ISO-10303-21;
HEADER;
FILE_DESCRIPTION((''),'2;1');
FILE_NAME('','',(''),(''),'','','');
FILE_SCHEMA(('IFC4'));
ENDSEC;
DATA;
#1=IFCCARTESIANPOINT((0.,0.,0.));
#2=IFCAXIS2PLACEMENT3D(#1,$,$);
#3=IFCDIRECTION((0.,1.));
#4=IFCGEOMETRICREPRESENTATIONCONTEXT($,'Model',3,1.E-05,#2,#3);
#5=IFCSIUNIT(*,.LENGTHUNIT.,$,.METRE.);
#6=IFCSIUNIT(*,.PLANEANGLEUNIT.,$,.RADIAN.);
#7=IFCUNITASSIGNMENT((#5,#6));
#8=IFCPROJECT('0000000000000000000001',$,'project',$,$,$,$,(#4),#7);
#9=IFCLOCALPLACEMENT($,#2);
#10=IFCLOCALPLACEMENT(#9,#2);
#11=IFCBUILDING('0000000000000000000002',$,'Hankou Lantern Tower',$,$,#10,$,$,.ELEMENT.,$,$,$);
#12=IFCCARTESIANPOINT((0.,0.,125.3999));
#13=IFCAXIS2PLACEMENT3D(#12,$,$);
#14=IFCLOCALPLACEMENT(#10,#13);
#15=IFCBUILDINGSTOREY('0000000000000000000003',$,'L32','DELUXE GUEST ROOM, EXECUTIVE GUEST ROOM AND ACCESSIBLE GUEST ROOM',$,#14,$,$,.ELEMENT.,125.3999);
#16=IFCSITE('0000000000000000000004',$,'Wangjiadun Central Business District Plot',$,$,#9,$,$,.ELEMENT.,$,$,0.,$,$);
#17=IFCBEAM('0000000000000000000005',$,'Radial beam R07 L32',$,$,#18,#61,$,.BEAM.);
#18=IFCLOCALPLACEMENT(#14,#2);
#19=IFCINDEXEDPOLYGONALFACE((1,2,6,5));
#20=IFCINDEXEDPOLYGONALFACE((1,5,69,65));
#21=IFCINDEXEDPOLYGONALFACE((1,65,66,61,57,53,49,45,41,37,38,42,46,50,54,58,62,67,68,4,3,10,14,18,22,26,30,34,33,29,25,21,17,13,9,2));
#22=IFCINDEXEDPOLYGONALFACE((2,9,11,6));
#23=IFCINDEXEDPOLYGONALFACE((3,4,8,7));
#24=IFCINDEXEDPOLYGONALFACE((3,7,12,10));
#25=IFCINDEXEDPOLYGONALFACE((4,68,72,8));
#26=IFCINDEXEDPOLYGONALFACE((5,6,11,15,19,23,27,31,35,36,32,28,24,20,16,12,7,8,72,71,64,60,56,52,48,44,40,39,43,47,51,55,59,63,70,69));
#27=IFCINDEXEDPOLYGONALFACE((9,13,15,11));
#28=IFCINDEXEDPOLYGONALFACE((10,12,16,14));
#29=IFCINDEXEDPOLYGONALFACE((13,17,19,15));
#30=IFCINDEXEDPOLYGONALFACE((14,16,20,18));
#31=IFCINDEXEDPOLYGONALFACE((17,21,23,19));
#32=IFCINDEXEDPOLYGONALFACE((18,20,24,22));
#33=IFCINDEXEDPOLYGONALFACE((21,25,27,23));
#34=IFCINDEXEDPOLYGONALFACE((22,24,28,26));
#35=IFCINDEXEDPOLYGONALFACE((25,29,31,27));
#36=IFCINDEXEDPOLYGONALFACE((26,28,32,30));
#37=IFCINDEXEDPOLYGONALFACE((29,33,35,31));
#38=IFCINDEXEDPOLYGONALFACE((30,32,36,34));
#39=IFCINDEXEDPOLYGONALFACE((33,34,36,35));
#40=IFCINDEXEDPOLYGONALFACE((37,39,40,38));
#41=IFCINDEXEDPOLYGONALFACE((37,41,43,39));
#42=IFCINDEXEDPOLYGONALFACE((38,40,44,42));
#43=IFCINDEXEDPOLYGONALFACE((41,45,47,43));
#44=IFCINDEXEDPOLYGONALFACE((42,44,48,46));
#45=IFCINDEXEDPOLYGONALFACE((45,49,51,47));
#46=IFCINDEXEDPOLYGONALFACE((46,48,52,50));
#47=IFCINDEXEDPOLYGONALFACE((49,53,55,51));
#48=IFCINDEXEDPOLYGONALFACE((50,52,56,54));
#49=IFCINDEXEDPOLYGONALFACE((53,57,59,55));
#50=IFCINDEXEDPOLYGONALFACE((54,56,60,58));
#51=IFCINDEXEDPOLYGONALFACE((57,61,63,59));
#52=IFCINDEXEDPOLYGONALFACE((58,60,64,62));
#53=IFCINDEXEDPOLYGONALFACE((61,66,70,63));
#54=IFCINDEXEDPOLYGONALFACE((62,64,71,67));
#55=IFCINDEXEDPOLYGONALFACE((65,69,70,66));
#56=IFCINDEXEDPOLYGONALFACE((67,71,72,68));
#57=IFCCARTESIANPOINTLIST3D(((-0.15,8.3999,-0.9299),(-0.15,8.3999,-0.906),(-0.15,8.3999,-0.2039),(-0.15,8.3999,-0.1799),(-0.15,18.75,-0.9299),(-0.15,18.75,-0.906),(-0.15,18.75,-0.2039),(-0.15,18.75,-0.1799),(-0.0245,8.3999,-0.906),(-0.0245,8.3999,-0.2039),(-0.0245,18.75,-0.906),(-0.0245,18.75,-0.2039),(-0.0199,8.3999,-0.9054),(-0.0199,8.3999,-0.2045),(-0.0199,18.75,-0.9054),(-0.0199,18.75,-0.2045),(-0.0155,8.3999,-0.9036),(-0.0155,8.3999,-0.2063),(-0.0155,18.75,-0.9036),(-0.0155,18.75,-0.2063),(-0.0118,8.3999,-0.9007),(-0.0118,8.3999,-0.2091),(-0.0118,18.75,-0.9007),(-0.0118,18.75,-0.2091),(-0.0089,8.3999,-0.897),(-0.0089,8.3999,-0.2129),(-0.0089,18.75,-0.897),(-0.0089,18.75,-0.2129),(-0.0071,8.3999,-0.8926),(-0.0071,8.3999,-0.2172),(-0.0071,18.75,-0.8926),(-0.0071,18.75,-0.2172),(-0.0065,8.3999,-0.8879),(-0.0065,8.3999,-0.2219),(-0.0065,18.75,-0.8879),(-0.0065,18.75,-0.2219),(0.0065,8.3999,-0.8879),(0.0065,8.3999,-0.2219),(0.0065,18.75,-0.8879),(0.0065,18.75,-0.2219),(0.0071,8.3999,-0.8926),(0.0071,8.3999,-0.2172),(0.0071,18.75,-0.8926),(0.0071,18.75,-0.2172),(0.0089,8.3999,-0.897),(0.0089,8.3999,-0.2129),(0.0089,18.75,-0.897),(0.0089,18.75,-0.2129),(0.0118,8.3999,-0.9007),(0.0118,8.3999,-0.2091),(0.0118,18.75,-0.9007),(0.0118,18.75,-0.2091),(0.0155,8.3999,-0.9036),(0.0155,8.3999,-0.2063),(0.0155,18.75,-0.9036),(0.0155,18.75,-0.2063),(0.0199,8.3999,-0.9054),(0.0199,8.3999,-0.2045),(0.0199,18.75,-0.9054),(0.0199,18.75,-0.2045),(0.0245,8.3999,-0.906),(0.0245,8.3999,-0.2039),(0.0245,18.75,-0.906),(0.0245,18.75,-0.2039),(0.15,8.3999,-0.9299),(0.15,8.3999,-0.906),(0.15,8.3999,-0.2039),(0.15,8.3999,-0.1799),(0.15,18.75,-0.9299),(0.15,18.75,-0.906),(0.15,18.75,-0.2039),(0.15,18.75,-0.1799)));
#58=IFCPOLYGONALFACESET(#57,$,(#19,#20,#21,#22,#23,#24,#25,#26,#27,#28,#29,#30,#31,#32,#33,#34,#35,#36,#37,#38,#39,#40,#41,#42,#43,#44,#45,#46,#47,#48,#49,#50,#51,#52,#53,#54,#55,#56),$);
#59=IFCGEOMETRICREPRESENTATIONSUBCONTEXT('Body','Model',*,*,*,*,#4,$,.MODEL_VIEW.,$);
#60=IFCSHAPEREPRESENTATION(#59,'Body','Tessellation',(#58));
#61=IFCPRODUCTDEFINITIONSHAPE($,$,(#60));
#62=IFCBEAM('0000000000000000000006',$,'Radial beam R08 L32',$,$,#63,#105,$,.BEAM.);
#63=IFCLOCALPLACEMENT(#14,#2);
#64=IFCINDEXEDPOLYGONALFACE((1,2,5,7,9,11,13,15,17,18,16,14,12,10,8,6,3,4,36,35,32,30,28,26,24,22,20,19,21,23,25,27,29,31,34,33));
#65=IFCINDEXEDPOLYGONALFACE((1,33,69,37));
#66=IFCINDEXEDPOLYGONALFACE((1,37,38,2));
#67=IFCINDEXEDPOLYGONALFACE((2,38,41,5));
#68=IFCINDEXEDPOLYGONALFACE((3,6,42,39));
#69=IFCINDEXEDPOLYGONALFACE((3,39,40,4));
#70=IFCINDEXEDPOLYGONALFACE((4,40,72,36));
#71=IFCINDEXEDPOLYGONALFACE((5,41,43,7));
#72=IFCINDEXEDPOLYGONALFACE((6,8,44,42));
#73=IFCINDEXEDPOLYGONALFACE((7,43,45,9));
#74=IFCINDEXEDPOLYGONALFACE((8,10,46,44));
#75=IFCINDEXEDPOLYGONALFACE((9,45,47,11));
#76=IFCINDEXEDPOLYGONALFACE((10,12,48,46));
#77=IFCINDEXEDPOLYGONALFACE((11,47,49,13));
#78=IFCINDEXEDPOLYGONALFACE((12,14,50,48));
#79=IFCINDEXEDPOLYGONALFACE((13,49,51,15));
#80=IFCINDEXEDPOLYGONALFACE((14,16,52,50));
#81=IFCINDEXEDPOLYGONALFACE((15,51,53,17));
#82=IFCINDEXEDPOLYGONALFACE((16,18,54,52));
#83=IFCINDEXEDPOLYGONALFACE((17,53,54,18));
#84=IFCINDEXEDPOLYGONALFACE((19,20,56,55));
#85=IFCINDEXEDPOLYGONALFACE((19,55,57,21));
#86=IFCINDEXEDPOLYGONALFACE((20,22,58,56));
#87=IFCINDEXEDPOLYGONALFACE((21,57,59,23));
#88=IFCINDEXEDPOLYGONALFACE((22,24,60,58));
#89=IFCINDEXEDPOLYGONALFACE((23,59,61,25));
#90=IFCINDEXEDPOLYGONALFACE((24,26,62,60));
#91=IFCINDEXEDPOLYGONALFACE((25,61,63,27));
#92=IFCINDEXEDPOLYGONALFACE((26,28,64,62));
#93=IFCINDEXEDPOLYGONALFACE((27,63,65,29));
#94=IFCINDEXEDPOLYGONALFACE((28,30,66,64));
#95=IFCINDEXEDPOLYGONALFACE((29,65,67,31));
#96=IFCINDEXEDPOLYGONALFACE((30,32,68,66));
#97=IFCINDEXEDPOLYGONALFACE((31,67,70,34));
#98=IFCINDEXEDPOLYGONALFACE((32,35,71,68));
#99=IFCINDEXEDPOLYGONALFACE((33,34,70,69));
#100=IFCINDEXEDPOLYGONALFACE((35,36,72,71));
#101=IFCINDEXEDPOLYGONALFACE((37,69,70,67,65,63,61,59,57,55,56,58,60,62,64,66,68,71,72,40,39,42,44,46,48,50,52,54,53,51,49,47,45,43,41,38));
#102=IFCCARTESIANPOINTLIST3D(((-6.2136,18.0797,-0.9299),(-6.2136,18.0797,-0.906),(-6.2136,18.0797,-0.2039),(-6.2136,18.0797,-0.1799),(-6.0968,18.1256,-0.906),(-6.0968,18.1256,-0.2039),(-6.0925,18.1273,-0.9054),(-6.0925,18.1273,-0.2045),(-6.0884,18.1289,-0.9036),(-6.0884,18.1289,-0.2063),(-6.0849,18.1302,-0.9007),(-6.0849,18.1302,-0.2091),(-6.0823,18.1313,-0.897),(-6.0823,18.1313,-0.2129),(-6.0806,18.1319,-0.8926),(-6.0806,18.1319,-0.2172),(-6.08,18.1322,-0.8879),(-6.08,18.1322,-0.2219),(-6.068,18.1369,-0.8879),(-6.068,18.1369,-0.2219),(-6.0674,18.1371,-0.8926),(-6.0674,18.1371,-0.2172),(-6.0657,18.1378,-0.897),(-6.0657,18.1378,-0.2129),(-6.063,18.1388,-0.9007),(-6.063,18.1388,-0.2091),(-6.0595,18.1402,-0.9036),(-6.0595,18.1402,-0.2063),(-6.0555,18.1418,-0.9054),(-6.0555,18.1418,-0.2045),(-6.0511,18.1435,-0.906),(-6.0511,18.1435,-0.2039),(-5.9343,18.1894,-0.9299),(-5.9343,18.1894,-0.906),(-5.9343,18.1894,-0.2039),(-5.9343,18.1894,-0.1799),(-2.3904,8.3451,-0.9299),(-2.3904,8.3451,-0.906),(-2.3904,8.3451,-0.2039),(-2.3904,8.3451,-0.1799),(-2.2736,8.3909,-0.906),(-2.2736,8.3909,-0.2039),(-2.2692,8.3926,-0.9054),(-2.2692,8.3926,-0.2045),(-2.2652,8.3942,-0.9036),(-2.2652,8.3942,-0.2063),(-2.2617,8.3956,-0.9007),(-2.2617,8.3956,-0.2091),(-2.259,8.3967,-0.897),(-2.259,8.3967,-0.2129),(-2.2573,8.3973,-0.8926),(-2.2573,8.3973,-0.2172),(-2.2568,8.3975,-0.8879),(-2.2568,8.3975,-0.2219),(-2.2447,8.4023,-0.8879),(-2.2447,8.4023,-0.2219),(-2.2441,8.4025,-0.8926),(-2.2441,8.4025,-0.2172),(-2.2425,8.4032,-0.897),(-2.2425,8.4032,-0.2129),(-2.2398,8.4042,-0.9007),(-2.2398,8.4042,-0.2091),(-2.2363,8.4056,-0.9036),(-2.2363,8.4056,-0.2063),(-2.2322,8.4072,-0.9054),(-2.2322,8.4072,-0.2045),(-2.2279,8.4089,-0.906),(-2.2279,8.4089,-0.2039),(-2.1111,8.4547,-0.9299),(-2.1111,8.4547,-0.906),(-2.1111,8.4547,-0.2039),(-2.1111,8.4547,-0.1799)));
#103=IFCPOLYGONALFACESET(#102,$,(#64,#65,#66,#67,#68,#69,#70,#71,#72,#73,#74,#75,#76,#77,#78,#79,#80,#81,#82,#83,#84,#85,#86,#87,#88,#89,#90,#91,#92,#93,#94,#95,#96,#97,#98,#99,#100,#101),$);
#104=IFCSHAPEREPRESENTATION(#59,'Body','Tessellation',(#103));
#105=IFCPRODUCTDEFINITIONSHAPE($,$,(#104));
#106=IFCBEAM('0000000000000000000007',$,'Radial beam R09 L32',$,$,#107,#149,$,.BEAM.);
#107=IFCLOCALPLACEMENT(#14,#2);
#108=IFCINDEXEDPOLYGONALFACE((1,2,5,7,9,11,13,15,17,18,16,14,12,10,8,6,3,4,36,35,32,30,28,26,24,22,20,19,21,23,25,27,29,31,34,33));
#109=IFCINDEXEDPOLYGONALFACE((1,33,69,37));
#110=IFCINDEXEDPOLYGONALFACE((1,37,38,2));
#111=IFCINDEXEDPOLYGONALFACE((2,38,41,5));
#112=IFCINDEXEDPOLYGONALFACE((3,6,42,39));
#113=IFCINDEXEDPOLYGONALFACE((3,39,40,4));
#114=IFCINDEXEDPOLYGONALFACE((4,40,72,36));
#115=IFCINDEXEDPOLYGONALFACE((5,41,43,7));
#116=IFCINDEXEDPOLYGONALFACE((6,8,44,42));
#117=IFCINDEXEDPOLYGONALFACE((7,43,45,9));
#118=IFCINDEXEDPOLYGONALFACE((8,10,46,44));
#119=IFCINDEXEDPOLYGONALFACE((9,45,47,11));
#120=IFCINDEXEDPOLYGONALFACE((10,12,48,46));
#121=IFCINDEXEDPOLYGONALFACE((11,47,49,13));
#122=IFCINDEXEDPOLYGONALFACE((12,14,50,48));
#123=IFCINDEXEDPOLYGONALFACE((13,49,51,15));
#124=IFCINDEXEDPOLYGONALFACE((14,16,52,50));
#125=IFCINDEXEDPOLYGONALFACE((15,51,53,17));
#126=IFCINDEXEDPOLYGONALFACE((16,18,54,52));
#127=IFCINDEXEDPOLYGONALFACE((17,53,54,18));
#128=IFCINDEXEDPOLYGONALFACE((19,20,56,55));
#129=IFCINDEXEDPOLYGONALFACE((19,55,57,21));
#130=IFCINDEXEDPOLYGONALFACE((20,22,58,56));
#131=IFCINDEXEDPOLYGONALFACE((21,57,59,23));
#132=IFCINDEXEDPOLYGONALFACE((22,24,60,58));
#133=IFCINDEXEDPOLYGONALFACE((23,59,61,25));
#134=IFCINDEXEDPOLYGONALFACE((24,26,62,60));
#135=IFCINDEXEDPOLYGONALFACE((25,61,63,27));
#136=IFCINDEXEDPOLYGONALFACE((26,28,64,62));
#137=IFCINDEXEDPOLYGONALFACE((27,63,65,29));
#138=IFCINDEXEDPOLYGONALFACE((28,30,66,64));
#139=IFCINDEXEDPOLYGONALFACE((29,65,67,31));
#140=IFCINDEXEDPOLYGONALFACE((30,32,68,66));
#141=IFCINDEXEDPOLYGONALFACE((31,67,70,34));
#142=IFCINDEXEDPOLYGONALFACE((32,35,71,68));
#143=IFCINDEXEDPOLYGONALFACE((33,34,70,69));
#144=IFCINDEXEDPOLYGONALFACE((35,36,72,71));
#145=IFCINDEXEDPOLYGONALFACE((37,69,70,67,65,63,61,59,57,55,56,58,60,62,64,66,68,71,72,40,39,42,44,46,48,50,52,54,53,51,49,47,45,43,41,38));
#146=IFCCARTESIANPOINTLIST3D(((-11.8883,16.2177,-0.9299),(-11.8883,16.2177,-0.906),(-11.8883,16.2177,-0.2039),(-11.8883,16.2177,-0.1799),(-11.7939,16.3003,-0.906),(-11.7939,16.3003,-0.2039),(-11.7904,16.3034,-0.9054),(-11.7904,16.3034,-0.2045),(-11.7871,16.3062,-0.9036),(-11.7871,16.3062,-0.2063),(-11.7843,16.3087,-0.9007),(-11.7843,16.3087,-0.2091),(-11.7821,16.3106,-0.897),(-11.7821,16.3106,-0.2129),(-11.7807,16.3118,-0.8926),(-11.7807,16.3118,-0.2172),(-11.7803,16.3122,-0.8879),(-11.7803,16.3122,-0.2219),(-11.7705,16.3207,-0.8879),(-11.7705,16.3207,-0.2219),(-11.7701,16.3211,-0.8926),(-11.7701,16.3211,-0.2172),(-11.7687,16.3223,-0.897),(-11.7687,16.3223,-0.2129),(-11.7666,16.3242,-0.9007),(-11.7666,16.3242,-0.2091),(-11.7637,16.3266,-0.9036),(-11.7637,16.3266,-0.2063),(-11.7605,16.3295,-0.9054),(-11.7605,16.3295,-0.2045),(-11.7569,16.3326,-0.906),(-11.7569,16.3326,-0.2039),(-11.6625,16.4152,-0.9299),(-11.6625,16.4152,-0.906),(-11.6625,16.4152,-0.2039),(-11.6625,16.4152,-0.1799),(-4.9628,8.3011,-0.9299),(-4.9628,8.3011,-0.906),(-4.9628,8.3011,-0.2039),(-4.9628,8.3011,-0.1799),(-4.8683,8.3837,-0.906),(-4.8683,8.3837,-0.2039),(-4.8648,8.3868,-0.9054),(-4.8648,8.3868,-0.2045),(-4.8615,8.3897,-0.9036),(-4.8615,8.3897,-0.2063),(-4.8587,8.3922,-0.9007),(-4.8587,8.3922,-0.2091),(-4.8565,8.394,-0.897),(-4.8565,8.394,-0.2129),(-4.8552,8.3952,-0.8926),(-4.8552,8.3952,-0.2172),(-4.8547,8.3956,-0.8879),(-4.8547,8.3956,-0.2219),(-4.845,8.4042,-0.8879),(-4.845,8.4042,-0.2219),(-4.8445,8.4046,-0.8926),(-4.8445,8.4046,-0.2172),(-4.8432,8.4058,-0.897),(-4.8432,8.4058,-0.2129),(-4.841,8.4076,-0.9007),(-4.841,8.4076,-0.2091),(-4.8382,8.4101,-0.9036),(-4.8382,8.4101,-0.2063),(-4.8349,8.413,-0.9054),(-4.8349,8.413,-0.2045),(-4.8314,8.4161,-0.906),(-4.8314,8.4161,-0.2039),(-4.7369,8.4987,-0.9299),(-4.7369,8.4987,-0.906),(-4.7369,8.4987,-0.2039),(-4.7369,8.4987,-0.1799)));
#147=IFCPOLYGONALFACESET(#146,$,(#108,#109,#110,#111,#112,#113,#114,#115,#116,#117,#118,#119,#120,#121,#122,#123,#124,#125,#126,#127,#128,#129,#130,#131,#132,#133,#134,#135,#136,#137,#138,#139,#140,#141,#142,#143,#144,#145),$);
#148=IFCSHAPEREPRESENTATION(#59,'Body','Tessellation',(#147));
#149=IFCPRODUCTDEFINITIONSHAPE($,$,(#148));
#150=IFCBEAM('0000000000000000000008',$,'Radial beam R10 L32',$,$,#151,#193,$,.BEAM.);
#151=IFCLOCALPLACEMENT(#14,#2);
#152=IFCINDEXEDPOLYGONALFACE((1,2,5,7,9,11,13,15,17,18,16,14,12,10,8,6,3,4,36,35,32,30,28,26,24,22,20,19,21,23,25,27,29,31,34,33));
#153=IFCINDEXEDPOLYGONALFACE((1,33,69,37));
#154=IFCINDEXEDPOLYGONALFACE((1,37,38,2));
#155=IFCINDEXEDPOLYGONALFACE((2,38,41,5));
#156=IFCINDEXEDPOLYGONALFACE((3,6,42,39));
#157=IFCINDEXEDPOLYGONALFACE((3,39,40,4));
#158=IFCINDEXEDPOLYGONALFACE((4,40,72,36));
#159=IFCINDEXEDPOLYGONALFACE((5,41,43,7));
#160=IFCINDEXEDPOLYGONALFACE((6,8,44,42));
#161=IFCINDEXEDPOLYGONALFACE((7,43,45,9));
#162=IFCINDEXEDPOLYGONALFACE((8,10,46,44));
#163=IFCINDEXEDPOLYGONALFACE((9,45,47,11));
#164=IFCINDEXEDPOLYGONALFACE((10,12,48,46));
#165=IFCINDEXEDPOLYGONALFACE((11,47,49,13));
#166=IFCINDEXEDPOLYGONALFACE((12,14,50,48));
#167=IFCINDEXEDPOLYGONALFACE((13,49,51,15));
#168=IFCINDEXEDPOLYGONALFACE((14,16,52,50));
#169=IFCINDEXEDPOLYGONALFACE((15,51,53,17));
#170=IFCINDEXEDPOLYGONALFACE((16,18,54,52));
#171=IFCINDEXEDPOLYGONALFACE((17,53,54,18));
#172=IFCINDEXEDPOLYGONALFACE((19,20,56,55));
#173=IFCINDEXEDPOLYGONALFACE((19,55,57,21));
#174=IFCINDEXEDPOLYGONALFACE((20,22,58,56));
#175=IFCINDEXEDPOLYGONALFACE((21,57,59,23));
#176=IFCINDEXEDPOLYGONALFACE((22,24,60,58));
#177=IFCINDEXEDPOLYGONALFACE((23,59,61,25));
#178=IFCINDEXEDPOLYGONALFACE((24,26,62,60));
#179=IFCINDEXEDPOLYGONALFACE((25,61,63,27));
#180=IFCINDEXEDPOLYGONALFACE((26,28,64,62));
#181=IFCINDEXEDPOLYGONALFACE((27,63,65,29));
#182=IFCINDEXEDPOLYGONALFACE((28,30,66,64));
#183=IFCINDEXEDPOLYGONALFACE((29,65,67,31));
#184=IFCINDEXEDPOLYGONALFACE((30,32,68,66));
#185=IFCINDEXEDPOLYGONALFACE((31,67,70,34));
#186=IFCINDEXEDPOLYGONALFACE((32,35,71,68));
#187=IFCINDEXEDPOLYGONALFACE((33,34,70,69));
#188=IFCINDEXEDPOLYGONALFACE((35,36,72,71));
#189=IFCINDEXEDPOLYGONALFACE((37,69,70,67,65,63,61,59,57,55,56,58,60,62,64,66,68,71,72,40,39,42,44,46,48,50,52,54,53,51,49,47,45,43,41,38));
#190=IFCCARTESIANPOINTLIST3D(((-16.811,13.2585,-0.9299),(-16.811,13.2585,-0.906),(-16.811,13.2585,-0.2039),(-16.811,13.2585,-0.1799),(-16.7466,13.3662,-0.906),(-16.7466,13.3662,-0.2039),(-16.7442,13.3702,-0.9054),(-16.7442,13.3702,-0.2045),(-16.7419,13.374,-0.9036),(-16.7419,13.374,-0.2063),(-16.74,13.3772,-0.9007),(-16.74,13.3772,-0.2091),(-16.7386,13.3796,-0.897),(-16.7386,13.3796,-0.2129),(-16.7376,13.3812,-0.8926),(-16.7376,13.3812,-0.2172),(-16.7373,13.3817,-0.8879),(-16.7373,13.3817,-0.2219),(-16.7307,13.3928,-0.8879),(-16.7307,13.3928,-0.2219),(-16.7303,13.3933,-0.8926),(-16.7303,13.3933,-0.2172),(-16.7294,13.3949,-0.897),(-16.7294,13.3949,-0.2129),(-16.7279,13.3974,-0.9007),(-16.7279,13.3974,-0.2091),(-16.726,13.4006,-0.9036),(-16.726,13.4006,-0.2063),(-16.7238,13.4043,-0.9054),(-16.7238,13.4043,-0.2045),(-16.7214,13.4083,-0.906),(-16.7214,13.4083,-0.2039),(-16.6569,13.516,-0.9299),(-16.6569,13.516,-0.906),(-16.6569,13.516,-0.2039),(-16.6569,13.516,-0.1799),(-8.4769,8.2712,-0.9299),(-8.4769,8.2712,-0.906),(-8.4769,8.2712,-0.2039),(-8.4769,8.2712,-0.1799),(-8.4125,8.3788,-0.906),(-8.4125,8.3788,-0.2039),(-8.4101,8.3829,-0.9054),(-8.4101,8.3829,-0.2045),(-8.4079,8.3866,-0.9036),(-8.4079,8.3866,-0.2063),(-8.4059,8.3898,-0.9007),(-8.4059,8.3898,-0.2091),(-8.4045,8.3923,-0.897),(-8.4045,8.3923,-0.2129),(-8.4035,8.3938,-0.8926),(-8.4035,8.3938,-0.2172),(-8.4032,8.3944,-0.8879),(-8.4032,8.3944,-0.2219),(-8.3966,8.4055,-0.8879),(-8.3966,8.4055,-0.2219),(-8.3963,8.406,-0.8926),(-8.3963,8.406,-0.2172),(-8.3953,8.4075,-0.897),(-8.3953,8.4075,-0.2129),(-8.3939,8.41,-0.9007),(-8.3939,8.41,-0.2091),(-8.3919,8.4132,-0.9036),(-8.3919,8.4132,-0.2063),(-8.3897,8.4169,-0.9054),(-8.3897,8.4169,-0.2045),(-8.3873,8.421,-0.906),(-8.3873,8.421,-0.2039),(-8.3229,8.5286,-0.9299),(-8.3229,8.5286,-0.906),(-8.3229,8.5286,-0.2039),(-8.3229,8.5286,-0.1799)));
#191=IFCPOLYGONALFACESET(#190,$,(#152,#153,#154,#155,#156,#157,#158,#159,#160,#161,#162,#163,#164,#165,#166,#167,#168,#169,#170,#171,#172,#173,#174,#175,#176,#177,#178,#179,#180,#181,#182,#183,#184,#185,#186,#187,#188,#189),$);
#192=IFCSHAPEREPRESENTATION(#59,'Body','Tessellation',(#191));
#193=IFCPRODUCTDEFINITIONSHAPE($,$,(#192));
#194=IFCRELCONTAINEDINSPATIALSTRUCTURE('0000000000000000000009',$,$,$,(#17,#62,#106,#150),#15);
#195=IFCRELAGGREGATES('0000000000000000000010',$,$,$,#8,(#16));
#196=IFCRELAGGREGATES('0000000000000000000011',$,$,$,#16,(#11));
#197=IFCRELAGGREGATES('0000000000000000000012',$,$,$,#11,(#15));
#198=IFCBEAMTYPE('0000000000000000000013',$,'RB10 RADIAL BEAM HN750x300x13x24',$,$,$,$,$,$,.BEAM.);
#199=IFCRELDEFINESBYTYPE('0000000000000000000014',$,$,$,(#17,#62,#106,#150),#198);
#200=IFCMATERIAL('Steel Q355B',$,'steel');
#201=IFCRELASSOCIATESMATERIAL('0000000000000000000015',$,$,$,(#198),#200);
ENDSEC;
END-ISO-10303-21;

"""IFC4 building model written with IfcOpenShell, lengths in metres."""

from ifc_helpers import new_model, si_unit, direction, frame, origin, origin_2d, place, context, subcontext, project, spatial, i_section, extrude, material, material_profile, profile_set, type_object, element, save


model = new_model("IFC4")

# Units and contexts
model_context = context("Model", 3, precision=1e-05, world=origin(), true_north=direction((0.0, 1.0)))
body_context = subcontext(model_context, "Body", "Model", "MODEL_VIEW")
ifc_project = project(units=[si_unit("LENGTHUNIT", "METRE"), si_unit("PLANEANGLEUNIT", "RADIAN")], contexts=[model_context])

# Site, building, storey
site_placement = place(None, origin())
site = spatial("IfcSite", under=ifc_project, at=site_placement, Name="Wangjiadun Central Business District Plot", CompositionType="ELEMENT", RefElevation=0.0)
building_placement = place(site_placement, origin())
building = spatial("IfcBuilding", under=site, at=building_placement, Name="Hankou Lantern Tower", CompositionType="ELEMENT")
storey_placement = place(building_placement, frame((0.0, 0.0, 125.3999)))
storey = spatial("IfcBuildingStorey", under=building, at=storey_placement, Name="L32", Description="DELUXE GUEST ROOM, EXECUTIVE GUEST ROOM AND ACCESSIBLE GUEST ROOM", CompositionType="ELEMENT", Elevation=125.3999)

# Beams
ifc_material_1 = material(Name="Steel Q355B", Category="steel")
ifc_material_profile = material_profile(ifc_material_1, i_section(OverallWidth=0.3, OverallDepth=0.75, WebThickness=0.0129, FlangeThickness=0.0239, FilletRadius=0.0181, at=origin_2d()), Name="HN750x300x13x24")
ifc_profile_set = profile_set([ifc_material_profile], Name="Steel Q355B")
beam_type = type_object("IfcBeamType", Name="RB10 RADIAL BEAM HN750x300x13x24", PredefinedType="BEAM", material=ifc_profile_set)
beam_1_placement = place(storey_placement, frame((0.0, 8.3999, -0.5549), z_axis=(0.0, 1.0, 0.0), x_axis=(-1.0, 0.0, 0.0)))
element("IfcBeam", 1, at=beam_1_placement, inside=storey, type_object=beam_type, Name="Radial beam R07 L32", PredefinedType="BEAM", context=body_context, shape_type="SweptSolid", body=[
    extrude(i_section(OverallWidth=0.3, OverallDepth=0.75, WebThickness=0.0129, FlangeThickness=0.0239, FilletRadius=0.0181, at=origin_2d()), origin(), (0.0, 0.0, 1.0), 10.3501),
])
beam_2_placement = place(storey_placement, frame((-2.2507, 8.3999, -0.5549), z_axis=(-0.365564, 0.930786, 0.0), x_axis=(-0.930786, -0.365564, 0.0)))
element("IfcBeam", 2, at=beam_2_placement, inside=storey, type_object=beam_type, Name="Radial beam R08 L32", PredefinedType="BEAM", context=body_context, shape_type="SweptSolid", body=[
    extrude(i_section(OverallWidth=0.3, OverallDepth=0.75, WebThickness=0.0129, FlangeThickness=0.0239, FilletRadius=0.0181, at=origin_2d()), origin(), (0.0, 0.0, 1.0), 10.4585),
])
beam_3_placement = place(storey_placement, frame((-4.8499, 8.3999, -0.5549), z_axis=(-0.658429, 0.752643, 0.0), x_axis=(-0.752643, -0.658429, 0.0)))
element("IfcBeam", 3, at=beam_3_placement, inside=storey, type_object=beam_type, Name="Radial beam R09 L32", PredefinedType="BEAM", context=body_context, shape_type="SweptSolid", body=[
    extrude(i_section(OverallWidth=0.3, OverallDepth=0.75, WebThickness=0.0129, FlangeThickness=0.0239, FilletRadius=0.0181, at=origin_2d()), origin(), (0.0, 0.0, 1.0), 10.5183),
])
beam_4_placement = place(storey_placement, frame((-8.3999, 8.3999, -0.5549), z_axis=(-0.858087, 0.513505, 0.0), x_axis=(-0.513505, -0.858087, 0.0)))
element("IfcBeam", 4, at=beam_4_placement, inside=storey, type_object=beam_type, Name="Radial beam R10 L32", PredefinedType="BEAM", context=body_context, shape_type="SweptSolid", body=[
    extrude(i_section(OverallWidth=0.3, OverallDepth=0.75, WebThickness=0.0129, FlangeThickness=0.0239, FilletRadius=0.0181, at=origin_2d()), origin(), (0.0, 0.0, 1.0), 9.7124),
])

save(model, "model.ifc")
